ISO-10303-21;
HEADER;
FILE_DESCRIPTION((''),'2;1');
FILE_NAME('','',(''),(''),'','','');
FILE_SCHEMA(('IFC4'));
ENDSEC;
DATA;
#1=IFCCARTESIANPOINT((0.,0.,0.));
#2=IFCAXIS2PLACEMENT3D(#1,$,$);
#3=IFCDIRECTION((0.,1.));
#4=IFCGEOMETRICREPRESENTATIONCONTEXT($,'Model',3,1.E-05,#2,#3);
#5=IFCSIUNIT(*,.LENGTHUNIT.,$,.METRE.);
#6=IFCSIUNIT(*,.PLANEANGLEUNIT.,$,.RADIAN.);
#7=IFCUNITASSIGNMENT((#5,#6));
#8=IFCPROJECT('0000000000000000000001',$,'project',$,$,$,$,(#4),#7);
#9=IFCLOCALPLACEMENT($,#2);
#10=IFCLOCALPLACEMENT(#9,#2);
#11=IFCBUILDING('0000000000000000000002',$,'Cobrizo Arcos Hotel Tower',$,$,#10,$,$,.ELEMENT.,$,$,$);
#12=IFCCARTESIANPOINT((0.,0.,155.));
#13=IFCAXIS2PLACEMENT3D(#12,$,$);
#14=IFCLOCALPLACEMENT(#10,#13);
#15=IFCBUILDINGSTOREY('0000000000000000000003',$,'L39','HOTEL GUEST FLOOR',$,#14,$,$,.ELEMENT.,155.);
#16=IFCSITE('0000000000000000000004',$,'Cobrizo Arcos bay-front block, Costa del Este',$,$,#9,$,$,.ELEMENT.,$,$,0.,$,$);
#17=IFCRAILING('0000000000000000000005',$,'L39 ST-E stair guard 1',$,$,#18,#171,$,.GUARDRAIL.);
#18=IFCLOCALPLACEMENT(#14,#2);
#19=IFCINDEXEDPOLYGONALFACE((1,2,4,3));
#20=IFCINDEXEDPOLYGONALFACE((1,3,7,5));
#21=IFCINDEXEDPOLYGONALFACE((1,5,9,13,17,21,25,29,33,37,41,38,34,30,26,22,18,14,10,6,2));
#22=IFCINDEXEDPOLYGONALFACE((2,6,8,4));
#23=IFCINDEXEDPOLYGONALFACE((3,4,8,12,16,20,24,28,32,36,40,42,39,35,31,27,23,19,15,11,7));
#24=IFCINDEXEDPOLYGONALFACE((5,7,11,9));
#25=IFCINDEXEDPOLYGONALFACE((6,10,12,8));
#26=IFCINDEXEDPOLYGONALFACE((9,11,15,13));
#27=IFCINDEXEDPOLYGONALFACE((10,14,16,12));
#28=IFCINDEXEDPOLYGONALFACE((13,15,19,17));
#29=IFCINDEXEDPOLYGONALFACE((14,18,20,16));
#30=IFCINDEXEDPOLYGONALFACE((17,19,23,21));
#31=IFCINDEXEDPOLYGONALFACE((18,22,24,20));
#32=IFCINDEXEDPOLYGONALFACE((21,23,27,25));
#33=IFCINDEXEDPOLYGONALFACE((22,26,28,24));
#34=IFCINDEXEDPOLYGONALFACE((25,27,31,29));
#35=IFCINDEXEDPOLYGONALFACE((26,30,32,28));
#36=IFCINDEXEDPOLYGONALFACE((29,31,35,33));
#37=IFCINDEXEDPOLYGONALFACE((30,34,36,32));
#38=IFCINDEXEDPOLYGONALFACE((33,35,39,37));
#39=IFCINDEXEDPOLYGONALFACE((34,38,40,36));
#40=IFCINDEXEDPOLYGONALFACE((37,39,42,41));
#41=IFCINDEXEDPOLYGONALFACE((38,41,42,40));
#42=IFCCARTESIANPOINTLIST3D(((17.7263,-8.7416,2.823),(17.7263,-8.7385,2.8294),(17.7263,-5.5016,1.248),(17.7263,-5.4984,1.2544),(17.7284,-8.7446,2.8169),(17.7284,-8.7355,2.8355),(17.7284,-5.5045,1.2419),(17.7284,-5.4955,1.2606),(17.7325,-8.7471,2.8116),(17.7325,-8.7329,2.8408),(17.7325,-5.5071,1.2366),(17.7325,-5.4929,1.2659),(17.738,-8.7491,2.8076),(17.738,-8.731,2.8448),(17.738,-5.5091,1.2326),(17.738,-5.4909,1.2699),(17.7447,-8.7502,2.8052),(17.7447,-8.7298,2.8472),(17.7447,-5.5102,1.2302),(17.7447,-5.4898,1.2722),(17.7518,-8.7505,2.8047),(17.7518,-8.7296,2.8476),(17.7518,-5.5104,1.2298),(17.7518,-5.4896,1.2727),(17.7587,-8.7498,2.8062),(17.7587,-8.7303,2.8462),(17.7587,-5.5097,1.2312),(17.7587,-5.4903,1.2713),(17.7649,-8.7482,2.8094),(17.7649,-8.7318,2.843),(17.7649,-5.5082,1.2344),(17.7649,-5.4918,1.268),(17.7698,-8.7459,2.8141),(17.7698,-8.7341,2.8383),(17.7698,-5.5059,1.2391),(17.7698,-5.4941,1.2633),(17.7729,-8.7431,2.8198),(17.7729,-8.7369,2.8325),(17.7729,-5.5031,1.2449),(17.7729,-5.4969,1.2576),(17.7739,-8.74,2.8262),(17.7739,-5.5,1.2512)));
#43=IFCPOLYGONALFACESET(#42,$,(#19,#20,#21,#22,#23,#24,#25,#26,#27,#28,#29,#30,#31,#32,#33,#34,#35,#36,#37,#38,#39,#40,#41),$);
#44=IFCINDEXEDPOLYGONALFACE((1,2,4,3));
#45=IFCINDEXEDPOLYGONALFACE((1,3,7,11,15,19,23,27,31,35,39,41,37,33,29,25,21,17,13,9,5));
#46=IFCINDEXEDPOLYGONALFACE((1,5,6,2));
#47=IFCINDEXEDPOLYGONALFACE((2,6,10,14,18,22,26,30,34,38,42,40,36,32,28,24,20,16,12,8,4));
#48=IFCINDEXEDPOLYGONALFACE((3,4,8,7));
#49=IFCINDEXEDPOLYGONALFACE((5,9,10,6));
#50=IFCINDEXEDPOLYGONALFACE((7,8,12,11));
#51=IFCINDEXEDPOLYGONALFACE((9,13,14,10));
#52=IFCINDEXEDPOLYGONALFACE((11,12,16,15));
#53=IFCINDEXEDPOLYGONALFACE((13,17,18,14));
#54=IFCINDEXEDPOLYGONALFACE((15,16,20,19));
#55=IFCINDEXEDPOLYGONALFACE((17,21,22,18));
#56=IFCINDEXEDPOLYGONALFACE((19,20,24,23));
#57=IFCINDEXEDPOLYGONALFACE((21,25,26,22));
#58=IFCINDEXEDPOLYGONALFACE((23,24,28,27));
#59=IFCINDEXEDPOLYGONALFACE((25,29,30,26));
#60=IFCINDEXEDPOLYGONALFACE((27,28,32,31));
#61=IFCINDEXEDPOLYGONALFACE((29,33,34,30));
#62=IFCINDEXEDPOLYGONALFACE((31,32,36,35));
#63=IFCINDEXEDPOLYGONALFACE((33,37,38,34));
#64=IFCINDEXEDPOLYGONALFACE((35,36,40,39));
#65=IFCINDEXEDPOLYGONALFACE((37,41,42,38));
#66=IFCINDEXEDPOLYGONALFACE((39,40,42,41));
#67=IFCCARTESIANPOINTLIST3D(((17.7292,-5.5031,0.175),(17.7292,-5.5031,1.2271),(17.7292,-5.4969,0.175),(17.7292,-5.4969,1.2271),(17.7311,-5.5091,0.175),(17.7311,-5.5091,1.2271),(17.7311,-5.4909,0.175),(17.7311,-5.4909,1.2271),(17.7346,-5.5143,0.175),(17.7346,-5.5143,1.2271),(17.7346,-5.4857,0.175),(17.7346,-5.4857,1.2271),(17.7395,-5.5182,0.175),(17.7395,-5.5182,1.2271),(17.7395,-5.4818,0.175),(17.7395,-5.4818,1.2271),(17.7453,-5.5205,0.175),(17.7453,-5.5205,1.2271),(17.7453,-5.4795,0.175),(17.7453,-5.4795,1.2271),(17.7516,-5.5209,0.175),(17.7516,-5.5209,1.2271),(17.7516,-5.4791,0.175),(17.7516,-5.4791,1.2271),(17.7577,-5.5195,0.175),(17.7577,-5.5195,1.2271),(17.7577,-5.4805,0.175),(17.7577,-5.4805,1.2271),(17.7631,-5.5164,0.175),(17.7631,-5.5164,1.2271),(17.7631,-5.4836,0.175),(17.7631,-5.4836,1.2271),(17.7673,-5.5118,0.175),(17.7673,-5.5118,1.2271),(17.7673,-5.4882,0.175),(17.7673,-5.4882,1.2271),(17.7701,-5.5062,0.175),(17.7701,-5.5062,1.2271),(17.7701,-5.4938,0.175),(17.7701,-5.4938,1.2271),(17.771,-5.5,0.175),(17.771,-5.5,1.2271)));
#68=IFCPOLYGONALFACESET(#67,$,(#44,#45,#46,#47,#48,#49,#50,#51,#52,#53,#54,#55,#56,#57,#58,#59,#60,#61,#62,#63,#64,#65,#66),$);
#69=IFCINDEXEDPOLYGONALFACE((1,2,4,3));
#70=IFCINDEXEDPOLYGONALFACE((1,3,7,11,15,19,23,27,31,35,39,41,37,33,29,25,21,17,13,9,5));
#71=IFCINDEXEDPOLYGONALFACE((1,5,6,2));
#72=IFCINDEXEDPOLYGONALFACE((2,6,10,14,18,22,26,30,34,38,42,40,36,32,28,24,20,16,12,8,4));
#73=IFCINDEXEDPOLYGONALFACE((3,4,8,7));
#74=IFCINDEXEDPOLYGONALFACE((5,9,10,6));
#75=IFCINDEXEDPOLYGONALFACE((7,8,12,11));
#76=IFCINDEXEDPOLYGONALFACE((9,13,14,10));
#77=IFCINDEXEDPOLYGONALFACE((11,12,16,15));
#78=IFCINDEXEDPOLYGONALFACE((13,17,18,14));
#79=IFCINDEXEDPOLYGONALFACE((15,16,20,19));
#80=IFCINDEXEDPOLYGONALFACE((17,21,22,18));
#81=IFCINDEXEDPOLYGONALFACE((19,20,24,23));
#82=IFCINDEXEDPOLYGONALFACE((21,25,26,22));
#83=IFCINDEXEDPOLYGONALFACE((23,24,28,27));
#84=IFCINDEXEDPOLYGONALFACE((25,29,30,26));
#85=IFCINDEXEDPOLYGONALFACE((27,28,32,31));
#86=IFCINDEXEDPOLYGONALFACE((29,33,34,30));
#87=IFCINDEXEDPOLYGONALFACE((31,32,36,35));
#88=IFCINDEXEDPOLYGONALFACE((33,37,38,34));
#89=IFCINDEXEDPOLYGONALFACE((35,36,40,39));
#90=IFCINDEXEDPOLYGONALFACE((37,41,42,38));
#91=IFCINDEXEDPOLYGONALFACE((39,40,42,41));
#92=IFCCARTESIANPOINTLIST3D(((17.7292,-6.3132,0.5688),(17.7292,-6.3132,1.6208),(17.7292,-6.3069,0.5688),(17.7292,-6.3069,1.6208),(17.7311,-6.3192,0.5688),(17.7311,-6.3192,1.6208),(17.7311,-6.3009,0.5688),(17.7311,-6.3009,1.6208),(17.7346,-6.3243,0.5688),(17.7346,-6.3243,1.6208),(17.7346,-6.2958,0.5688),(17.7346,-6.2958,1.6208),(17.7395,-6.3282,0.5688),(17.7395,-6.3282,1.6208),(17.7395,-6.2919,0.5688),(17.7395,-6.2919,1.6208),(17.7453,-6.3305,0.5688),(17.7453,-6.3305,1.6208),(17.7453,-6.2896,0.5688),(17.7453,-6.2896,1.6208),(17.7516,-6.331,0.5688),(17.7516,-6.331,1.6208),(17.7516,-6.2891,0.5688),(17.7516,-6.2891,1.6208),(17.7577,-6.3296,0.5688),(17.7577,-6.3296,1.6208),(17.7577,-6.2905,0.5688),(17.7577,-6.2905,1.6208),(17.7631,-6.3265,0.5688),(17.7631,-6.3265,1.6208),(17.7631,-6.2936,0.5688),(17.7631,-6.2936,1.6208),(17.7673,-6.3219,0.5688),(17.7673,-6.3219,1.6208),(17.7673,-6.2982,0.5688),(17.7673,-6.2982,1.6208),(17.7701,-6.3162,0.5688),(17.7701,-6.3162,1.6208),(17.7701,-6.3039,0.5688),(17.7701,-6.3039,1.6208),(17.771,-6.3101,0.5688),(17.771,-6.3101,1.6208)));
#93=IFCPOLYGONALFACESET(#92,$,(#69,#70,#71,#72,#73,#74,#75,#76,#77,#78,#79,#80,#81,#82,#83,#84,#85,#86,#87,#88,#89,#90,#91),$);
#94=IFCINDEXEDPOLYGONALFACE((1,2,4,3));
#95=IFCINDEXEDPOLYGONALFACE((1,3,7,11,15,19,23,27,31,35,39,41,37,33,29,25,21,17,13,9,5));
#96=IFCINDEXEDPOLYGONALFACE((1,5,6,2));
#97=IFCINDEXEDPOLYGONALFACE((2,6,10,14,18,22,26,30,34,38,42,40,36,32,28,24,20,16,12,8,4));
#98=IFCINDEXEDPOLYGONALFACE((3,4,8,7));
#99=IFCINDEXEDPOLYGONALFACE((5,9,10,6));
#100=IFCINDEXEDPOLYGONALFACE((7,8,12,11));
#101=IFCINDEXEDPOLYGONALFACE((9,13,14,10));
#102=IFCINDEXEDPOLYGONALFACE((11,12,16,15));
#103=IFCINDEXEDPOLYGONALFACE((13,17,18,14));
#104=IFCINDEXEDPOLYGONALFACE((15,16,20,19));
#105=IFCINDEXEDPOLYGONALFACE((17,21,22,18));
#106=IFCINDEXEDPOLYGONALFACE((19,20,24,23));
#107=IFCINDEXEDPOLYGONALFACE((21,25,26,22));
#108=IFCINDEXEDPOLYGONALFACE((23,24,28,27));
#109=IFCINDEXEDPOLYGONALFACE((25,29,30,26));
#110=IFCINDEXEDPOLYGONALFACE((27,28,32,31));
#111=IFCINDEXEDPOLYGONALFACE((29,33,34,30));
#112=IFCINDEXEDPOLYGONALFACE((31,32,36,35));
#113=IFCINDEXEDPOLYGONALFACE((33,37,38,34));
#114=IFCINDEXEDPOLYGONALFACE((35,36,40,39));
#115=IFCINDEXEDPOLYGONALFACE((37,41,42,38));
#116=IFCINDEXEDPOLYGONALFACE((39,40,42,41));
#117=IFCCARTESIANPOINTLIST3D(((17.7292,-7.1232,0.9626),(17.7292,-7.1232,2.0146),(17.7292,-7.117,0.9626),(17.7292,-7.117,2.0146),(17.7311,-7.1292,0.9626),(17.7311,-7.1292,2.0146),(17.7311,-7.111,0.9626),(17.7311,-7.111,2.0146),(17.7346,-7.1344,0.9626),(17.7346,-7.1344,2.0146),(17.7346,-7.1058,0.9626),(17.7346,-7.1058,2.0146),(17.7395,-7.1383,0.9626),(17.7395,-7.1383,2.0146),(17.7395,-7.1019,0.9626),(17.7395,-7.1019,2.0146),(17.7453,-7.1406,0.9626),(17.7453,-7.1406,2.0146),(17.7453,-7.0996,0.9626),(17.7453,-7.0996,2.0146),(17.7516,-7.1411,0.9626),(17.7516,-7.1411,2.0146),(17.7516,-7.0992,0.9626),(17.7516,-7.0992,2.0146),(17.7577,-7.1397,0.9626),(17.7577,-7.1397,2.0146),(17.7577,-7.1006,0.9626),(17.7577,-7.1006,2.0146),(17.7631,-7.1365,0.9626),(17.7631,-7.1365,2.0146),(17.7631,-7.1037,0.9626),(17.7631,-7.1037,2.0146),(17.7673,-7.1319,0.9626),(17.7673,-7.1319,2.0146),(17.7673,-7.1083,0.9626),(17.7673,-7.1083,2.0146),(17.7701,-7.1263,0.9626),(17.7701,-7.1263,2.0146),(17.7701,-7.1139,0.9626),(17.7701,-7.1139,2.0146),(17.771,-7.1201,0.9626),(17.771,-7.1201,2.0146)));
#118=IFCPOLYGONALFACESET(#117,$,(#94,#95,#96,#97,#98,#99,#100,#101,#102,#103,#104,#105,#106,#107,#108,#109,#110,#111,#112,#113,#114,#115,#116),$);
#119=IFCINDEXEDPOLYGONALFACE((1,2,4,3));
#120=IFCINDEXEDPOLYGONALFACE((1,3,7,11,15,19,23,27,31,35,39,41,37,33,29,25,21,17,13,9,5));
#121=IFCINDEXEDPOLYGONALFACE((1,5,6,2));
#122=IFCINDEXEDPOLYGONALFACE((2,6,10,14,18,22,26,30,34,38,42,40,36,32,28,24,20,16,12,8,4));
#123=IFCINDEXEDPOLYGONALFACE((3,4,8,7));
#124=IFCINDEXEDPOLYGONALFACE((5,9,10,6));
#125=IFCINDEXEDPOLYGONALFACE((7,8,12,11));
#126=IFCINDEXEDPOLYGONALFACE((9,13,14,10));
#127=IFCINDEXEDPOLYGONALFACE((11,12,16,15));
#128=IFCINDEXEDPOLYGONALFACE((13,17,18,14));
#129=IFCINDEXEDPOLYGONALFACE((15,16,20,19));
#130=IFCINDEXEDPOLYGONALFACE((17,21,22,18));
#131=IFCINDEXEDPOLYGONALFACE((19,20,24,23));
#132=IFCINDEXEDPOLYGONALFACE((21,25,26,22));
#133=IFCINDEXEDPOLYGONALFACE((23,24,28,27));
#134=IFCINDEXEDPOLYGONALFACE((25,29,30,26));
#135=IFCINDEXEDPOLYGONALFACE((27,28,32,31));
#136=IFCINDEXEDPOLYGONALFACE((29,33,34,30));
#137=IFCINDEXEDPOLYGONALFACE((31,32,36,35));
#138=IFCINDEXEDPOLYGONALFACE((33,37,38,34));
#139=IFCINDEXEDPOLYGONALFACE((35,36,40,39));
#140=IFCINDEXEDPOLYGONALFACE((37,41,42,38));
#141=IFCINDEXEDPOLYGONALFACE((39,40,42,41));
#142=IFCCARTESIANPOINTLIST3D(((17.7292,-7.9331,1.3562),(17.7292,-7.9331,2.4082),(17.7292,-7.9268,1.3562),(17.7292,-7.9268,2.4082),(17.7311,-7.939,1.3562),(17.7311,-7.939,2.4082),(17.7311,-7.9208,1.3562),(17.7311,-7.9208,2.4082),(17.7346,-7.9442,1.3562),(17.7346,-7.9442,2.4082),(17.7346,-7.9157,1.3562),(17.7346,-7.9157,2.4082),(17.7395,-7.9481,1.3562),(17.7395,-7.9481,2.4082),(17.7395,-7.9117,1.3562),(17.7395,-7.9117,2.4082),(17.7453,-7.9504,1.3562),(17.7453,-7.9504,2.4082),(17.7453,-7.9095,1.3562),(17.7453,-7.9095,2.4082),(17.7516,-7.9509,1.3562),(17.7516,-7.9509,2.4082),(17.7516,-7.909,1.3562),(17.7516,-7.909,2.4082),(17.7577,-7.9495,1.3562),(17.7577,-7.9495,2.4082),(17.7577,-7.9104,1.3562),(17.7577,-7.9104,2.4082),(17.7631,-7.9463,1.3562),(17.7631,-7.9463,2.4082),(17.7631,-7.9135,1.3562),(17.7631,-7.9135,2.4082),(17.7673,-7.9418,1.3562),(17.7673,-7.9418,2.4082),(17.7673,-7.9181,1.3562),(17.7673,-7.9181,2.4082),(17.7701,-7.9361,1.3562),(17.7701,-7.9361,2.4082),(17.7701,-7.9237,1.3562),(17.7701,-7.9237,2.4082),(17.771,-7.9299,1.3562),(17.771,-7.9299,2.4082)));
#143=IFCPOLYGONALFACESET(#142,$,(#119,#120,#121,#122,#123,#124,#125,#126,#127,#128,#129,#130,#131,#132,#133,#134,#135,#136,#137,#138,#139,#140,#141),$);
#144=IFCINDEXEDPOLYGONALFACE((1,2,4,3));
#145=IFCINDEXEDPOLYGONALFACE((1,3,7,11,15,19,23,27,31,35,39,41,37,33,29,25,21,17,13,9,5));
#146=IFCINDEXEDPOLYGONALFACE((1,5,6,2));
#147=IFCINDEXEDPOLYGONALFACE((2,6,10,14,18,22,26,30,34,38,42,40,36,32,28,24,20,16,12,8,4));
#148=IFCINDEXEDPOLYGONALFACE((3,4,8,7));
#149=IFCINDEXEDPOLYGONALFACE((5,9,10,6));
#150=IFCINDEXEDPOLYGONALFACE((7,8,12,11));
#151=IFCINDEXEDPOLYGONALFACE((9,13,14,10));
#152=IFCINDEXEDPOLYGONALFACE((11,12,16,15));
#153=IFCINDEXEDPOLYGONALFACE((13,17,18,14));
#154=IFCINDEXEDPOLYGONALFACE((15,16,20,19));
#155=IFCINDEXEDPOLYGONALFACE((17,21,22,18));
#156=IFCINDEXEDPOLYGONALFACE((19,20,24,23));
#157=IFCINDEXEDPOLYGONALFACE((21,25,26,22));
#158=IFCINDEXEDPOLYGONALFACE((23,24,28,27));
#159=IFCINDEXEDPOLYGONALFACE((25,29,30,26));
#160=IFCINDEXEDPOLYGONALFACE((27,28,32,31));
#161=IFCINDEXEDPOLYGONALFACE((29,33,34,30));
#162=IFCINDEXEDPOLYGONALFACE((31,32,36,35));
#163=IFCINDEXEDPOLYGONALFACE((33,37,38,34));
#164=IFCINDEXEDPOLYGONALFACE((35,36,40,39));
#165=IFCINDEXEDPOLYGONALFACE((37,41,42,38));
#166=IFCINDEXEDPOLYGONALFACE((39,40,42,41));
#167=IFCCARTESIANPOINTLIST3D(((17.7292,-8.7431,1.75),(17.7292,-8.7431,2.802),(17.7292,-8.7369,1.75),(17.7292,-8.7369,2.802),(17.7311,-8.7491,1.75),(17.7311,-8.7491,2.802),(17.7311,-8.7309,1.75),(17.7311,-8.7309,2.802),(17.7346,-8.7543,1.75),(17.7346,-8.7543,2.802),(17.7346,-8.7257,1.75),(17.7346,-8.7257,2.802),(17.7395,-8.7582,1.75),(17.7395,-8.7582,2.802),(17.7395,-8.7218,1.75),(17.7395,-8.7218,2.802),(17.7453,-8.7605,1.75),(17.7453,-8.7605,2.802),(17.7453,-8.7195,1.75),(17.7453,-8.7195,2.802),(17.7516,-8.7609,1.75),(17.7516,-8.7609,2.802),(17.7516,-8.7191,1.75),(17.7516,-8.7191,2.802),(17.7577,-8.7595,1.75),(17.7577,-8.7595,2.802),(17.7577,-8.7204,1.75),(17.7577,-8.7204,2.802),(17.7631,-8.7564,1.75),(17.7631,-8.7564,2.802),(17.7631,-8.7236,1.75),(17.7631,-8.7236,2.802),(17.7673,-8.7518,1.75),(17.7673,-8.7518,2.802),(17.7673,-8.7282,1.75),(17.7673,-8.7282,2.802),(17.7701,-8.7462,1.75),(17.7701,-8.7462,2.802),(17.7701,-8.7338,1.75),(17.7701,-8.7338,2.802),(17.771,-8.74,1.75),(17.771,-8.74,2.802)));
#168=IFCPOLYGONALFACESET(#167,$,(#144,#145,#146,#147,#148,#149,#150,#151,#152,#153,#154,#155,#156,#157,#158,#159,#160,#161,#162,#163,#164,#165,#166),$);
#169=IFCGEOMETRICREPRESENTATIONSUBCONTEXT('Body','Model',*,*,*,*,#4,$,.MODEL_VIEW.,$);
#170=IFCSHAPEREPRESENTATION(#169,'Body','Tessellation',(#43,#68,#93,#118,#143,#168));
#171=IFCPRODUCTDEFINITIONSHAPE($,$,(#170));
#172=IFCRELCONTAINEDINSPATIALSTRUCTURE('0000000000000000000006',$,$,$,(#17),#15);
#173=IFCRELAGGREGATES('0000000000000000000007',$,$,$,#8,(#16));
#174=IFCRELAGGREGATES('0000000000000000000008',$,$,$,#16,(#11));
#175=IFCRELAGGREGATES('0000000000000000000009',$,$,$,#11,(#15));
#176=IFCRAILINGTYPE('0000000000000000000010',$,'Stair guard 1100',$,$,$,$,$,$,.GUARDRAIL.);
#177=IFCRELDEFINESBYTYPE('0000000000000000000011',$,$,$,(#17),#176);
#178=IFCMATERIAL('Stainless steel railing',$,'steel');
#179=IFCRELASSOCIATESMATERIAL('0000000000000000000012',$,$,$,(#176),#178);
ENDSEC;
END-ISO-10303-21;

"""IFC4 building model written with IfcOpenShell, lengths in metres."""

from ifc_helpers import new_model, si_unit, direction, frame, origin, origin_2d, place, context, subcontext, project, spatial, circle, extrude, material, type_object, element, save


model = new_model("IFC4")

# Units and contexts
model_context = context("Model", 3, precision=1e-05, world=origin(), true_north=direction((0.0, 1.0)))
body_context = subcontext(model_context, "Body", "Model", "MODEL_VIEW")
ifc_project = project(units=[si_unit("LENGTHUNIT", "METRE"), si_unit("PLANEANGLEUNIT", "RADIAN")], contexts=[model_context])

# Site, building, storey
site_placement = place(None, origin())
site = spatial("IfcSite", under=ifc_project, at=site_placement, Name="Cobrizo Arcos bay-front block, Costa del Este", CompositionType="ELEMENT", RefElevation=0.0)
building_placement = place(site_placement, origin())
building = spatial("IfcBuilding", under=site, at=building_placement, Name="Cobrizo Arcos Hotel Tower", CompositionType="ELEMENT")
storey_placement = place(building_placement, frame((0.0, 0.0, 155.0)))
storey = spatial("IfcBuildingStorey", under=building, at=storey_placement, Name="L39", Description="HOTEL GUEST FLOOR", CompositionType="ELEMENT", Elevation=155.0)

# Railing
ifc_material_1 = material(Name="Stainless steel railing", Category="steel")
railing_type_1 = type_object("IfcRailingType", Name="Stair guard 1100", PredefinedType="GUARDRAIL", material=ifc_material_1)
railing_1_placement = place(storey_placement, frame((17.75, -5.5, 0.175)))
element("IfcRailing", 1, at=railing_1_placement, inside=storey, type_object=railing_type_1, Name="L39 ST-E stair guard 1", PredefinedType="GUARDRAIL", context=body_context, shape_type="SweptSolid", body=[
    extrude(circle(Radius=0.0239, at=origin_2d()), frame((0.0, 0.0, 1.0762), z_axis=(0.0, -0.899373, 0.437183), x_axis=(1.0, 0.0, 0.0)), (0.0, 0.0, 1.0), 3.6025),
    extrude(circle(Radius=0.021, at=origin_2d()), origin(), (0.0, 0.0, 1.0), 1.052),
    extrude(circle(Radius=0.021, at=origin_2d()), frame((0.0, -0.8101, 0.3938)), (0.0, 0.0, 1.0), 1.052),
    extrude(circle(Radius=0.021, at=origin_2d()), frame((0.0, -1.6201, 0.7876)), (0.0, 0.0, 1.0), 1.052),
    extrude(circle(Radius=0.021, at=origin_2d()), frame((0.0, -2.4299, 1.1812)), (0.0, 0.0, 1.0), 1.052),
    extrude(circle(Radius=0.021, at=origin_2d()), frame((0.0, -3.24, 1.575)), (0.0, 0.0, 1.0), 1.052),
])

save(model, "model.ifc")
